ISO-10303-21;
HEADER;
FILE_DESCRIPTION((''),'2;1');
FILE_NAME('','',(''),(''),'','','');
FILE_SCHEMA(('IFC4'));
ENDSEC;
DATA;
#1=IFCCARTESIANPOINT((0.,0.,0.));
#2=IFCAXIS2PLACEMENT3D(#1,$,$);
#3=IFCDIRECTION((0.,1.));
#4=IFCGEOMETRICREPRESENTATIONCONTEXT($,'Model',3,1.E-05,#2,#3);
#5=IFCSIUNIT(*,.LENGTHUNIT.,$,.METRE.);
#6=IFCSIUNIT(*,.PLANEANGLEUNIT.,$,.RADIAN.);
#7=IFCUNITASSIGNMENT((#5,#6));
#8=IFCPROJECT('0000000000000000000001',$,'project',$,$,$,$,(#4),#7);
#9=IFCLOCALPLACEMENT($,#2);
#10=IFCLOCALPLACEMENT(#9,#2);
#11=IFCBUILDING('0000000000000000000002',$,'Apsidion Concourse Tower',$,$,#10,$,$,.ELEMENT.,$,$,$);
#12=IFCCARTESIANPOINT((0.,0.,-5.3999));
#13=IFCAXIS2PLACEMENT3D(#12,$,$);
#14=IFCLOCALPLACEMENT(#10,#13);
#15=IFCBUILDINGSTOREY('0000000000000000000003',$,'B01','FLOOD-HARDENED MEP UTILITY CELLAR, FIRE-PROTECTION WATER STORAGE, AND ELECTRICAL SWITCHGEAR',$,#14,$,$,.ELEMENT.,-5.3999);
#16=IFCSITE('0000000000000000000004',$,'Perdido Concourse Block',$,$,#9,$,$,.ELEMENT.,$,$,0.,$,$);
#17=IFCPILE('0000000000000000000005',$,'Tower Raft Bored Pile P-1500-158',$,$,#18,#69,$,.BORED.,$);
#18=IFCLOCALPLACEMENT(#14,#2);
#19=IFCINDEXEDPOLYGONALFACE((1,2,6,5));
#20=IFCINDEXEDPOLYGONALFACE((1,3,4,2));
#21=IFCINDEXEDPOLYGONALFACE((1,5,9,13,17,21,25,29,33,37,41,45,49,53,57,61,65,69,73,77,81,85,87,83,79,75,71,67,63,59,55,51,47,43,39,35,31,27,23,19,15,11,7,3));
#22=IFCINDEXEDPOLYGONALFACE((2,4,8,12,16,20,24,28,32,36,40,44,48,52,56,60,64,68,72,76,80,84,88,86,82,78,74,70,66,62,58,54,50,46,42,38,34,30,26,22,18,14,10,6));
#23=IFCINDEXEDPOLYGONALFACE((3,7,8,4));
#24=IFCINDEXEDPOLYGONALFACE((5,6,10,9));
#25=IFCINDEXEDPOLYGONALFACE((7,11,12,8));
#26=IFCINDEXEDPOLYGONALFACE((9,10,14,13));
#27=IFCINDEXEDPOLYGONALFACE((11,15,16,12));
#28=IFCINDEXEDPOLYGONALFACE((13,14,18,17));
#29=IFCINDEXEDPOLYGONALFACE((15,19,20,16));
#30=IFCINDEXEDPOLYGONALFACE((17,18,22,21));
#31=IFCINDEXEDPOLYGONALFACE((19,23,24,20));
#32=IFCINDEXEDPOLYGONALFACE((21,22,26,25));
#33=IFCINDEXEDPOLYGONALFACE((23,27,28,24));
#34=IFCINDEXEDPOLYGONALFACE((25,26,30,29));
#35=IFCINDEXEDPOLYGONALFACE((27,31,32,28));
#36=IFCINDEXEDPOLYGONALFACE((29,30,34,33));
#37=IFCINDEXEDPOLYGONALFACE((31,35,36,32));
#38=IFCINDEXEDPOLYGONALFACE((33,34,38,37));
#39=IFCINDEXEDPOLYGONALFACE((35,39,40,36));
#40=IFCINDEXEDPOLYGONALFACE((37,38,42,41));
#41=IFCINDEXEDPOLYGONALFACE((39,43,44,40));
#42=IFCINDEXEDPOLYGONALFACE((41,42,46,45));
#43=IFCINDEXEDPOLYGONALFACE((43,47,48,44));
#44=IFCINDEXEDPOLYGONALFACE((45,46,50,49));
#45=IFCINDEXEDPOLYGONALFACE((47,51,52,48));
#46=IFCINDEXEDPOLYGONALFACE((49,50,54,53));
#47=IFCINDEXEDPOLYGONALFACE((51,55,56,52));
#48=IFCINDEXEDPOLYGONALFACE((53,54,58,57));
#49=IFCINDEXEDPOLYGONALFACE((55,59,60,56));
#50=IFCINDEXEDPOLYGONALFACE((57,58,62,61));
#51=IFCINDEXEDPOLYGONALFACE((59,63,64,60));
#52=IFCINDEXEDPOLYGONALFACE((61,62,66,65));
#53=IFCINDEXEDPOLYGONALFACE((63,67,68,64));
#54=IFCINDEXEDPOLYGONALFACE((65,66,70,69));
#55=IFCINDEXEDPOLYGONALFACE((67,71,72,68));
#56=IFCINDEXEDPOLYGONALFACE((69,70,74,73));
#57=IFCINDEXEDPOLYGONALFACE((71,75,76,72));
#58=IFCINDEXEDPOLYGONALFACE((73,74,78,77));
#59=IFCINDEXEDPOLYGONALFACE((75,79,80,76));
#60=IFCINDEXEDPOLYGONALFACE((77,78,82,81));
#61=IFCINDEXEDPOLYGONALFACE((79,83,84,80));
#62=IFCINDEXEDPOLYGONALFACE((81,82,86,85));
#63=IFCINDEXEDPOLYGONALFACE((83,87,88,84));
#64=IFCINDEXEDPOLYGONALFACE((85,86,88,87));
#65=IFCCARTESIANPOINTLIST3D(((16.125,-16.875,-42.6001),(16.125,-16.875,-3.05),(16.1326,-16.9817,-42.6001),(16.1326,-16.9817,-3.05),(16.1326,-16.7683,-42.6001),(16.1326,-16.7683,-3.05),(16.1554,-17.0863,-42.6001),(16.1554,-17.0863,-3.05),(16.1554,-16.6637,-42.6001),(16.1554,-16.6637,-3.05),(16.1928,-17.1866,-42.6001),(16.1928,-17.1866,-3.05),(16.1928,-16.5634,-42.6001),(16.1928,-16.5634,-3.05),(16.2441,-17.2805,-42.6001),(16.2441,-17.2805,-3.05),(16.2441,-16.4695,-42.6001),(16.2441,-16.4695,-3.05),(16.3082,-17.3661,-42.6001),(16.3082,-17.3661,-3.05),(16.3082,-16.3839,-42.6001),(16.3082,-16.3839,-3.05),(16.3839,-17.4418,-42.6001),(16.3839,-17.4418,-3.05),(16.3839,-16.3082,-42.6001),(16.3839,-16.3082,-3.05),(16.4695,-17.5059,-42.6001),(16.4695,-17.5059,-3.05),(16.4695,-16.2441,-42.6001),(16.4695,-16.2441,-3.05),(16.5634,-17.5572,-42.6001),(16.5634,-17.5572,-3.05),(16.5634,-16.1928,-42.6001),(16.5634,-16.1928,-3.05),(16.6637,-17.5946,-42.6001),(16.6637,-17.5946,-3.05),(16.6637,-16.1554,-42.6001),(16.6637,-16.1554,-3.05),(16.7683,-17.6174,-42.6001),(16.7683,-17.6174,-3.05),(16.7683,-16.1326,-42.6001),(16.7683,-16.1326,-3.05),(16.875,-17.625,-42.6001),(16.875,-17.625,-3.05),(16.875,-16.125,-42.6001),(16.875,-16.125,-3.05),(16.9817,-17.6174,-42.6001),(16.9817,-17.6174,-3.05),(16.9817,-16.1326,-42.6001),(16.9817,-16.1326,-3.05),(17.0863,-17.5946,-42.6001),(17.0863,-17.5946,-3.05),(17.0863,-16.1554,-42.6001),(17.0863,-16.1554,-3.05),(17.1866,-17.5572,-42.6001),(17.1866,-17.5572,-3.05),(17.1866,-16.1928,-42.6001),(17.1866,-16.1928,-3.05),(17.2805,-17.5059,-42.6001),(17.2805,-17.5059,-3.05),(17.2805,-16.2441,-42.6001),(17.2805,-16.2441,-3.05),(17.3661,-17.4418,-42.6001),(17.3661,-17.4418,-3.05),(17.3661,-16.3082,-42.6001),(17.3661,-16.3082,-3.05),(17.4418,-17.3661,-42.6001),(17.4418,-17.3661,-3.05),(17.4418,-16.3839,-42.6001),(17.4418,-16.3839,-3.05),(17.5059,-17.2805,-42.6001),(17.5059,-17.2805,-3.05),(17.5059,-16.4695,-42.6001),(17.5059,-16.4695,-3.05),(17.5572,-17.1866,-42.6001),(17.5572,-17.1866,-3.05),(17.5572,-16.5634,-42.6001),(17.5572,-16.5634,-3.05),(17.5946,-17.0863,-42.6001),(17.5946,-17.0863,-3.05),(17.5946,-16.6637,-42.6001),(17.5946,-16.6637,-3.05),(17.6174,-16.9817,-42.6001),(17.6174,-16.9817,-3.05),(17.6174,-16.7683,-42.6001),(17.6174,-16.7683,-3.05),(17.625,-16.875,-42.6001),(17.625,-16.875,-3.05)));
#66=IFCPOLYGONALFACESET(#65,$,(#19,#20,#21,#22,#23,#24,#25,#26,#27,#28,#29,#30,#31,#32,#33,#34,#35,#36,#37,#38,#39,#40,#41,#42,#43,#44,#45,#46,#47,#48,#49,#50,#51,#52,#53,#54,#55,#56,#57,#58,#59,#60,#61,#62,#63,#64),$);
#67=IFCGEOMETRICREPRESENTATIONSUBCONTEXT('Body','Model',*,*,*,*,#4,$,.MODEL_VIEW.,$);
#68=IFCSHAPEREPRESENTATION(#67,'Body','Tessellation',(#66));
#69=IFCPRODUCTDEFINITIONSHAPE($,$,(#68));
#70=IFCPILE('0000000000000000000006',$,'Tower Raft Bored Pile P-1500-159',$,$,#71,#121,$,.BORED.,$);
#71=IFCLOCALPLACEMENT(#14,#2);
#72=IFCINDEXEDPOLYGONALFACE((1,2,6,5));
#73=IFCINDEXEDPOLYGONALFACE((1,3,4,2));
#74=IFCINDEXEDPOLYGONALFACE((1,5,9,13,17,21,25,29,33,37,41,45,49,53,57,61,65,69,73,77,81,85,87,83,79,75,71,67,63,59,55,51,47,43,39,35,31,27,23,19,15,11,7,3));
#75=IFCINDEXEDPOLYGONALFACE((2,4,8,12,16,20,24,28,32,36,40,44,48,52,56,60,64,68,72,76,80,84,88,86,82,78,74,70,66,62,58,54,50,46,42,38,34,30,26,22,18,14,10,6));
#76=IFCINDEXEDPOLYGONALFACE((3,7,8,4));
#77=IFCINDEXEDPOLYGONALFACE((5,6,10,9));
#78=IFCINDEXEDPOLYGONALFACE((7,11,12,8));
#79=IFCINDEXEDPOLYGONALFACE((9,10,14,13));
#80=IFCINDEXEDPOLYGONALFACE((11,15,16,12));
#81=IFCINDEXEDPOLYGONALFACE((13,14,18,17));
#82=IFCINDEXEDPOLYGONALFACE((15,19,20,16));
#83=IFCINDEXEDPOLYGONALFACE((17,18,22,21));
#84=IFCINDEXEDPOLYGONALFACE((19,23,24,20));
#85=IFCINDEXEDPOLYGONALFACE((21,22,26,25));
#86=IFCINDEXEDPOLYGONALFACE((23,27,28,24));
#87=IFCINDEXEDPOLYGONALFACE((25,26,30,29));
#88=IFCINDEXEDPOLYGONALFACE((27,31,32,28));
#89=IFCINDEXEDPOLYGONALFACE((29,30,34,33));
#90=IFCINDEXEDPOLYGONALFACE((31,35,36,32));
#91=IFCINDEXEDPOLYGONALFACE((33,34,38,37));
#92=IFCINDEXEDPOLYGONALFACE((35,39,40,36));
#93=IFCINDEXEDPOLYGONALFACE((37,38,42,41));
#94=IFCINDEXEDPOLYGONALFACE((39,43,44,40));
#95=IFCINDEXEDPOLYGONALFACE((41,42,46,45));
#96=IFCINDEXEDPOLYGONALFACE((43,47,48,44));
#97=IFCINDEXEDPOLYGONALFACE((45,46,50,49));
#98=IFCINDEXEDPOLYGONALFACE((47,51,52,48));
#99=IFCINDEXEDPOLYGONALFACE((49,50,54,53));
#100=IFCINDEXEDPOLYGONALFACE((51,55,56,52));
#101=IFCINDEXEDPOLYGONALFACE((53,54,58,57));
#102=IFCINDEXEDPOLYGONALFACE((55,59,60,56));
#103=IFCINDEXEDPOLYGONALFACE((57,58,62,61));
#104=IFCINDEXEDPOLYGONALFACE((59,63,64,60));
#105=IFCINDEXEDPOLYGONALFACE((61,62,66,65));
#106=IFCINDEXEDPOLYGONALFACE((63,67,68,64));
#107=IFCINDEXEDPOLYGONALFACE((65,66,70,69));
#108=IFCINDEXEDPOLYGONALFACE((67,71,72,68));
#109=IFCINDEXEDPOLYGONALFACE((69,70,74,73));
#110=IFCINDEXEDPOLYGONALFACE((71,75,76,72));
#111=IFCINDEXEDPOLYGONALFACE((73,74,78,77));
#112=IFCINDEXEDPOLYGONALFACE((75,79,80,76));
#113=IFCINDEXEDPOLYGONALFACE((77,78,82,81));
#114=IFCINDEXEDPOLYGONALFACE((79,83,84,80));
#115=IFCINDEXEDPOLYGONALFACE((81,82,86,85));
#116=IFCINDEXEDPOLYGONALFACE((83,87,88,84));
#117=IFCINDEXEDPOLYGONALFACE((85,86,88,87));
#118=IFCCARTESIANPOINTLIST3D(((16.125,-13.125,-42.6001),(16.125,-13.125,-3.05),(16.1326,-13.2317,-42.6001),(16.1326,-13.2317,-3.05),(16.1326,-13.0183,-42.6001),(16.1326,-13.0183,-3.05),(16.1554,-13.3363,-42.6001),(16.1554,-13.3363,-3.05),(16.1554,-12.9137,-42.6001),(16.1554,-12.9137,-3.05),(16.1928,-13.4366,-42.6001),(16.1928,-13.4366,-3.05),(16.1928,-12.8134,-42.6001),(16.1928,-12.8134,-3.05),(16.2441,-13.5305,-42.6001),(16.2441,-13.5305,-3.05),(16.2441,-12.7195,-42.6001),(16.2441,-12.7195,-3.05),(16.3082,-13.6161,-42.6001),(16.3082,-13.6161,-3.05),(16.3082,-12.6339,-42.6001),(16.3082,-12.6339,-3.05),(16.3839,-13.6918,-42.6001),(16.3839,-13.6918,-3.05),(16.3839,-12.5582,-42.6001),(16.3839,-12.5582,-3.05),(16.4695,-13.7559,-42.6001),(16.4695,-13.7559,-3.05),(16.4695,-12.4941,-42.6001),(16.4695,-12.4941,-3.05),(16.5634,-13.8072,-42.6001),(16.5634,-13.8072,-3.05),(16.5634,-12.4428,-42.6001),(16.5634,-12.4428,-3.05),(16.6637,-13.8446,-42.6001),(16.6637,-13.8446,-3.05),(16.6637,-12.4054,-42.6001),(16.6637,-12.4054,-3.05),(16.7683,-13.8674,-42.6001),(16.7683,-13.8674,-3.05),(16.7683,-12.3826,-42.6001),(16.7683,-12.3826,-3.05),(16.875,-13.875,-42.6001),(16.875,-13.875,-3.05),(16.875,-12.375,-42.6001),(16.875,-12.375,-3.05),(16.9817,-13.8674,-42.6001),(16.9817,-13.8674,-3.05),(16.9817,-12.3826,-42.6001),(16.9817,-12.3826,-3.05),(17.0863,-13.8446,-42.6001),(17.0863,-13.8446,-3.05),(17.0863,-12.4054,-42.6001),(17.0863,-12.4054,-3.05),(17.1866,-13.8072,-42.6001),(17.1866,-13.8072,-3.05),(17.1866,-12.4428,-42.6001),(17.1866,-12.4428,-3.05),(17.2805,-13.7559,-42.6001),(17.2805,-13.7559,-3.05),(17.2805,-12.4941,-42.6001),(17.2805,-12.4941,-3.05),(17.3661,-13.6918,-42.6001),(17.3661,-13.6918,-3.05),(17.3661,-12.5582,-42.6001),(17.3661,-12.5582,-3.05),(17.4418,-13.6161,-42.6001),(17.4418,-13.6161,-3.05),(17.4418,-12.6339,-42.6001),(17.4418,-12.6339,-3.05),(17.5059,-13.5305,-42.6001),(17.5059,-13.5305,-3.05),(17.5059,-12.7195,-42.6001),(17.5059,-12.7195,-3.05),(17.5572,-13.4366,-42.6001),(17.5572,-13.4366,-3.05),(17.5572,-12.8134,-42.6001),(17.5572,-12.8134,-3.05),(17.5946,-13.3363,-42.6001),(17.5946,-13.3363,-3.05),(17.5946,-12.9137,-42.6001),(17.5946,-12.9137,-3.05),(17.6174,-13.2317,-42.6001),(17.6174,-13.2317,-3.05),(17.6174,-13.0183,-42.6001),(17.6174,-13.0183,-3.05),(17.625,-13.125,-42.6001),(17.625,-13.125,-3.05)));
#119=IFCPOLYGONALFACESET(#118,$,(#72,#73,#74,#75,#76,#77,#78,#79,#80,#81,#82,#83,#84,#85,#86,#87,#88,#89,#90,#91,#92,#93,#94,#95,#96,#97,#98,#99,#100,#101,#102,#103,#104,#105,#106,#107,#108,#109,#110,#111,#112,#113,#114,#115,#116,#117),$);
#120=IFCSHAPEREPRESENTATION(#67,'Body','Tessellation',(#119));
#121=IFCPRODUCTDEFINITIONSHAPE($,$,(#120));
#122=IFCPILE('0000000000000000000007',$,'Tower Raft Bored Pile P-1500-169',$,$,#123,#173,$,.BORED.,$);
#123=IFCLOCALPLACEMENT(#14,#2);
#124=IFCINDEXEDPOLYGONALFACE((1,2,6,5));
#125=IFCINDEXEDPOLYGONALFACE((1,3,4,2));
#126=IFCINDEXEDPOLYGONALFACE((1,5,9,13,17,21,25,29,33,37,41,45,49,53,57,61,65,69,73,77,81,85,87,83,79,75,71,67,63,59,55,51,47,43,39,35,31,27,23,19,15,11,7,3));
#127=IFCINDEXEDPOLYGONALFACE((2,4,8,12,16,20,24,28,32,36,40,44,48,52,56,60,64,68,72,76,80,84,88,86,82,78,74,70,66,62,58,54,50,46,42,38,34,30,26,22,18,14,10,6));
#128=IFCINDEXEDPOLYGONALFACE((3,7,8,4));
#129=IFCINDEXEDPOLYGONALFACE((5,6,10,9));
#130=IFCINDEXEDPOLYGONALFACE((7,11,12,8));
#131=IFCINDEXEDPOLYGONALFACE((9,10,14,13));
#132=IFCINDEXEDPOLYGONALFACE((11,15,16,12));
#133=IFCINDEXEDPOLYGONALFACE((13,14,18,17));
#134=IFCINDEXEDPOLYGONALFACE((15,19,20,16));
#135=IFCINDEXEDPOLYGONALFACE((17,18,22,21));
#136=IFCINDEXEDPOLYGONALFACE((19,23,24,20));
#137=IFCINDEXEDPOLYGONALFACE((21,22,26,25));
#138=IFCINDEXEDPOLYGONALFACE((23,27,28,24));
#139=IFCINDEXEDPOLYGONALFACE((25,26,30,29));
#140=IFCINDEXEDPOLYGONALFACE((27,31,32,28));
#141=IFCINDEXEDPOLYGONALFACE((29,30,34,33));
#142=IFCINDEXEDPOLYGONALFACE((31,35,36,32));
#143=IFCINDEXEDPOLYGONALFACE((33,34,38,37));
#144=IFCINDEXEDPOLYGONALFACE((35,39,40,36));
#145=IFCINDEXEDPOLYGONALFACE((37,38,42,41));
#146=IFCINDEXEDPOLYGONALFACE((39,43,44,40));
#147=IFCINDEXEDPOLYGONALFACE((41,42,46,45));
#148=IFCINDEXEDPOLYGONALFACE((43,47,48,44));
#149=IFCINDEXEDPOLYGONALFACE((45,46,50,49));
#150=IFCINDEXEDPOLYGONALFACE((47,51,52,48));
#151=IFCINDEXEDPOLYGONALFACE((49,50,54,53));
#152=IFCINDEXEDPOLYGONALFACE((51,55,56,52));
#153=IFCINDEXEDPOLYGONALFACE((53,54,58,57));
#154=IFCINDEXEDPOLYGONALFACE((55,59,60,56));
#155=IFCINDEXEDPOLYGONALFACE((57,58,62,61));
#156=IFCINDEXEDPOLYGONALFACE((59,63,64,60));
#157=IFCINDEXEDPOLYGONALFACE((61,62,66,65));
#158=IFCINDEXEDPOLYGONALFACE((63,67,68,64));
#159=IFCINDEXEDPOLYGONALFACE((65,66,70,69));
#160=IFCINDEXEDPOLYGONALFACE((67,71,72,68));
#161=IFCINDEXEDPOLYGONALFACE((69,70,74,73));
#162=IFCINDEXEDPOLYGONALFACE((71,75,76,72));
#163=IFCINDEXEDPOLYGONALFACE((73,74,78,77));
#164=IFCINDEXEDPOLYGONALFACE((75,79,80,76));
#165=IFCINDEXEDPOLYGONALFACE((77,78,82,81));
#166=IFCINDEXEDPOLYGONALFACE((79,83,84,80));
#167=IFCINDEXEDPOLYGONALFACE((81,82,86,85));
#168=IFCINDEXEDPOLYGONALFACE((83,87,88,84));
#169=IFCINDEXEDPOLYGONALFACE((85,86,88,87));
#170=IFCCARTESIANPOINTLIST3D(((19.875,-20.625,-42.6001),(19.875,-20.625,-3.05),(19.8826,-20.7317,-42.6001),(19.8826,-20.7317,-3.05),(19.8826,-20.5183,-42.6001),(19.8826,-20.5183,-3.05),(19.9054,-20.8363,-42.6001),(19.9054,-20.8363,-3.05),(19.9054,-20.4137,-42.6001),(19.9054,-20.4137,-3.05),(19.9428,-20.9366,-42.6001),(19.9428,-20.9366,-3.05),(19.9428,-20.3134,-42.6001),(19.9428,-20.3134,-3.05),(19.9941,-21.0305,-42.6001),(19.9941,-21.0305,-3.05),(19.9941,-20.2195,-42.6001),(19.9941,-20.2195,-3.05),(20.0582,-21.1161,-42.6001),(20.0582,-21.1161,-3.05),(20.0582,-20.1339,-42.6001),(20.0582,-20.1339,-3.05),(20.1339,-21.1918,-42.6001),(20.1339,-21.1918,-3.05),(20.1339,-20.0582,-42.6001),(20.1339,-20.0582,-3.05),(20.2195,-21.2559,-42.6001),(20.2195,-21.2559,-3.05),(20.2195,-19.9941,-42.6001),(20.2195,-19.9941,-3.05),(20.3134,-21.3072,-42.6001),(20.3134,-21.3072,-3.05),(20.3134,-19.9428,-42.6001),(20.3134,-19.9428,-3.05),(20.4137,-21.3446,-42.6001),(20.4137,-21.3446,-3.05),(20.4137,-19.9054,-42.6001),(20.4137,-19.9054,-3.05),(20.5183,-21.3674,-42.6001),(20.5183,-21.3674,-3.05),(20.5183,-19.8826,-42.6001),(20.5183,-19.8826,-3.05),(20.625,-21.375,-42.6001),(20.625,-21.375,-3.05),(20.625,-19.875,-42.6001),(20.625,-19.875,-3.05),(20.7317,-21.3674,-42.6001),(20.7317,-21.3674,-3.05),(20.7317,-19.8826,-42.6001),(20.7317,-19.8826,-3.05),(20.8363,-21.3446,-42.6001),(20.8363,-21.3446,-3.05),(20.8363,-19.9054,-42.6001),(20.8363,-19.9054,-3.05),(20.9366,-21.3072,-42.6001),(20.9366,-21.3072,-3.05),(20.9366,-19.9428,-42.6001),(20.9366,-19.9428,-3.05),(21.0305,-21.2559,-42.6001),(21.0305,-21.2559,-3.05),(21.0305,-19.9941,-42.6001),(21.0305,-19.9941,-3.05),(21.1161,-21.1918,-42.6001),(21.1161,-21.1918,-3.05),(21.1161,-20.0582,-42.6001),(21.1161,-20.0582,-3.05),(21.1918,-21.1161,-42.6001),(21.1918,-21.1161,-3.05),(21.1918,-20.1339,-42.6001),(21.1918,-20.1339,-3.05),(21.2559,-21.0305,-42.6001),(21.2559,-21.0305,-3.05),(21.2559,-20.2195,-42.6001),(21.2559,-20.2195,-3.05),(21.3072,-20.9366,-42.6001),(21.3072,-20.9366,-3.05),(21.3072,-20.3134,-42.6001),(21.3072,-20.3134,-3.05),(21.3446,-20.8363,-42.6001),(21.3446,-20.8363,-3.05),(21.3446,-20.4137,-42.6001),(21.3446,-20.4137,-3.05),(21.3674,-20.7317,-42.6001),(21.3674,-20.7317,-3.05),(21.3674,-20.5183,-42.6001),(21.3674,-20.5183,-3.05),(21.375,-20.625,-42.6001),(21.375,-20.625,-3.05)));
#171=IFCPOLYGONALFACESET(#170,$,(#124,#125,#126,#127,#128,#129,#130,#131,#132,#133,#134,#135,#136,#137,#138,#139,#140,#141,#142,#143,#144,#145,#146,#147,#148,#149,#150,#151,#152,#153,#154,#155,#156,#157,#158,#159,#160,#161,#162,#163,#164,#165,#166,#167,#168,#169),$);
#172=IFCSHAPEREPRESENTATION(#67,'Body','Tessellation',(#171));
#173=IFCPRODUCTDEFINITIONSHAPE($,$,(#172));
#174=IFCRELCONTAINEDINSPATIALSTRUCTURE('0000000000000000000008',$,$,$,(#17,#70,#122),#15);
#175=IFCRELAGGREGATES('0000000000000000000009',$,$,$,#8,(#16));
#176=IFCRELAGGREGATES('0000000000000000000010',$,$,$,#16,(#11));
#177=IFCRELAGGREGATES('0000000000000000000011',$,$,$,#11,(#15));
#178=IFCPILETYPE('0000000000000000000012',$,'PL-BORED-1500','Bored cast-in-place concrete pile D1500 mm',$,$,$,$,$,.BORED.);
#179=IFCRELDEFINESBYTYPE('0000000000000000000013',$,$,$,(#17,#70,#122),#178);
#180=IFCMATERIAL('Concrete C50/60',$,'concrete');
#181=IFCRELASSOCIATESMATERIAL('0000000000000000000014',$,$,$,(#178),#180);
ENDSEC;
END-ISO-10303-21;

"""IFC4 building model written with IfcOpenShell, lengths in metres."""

from ifc_helpers import new_model, si_unit, direction, frame, origin, origin_2d, place, context, subcontext, project, spatial, circle, extrude, material, material_profile, profile_set, type_object, element, save


model = new_model("IFC4")

# Units and contexts
model_context = context("Model", 3, precision=1e-05, world=origin(), true_north=direction((0.0, 1.0)))
body_context = subcontext(model_context, "Body", "Model", "MODEL_VIEW")
ifc_project = project(units=[si_unit("LENGTHUNIT", "METRE"), si_unit("PLANEANGLEUNIT", "RADIAN")], contexts=[model_context])

# Site, building, storey
site_placement = place(None, origin())
site = spatial("IfcSite", under=ifc_project, at=site_placement, Name="Perdido Concourse Block", CompositionType="ELEMENT", RefElevation=0.0)
building_placement = place(site_placement, origin())
building = spatial("IfcBuilding", under=site, at=building_placement, Name="Apsidion Concourse Tower", CompositionType="ELEMENT")
storey_placement = place(building_placement, frame((0.0, 0.0, -5.3999)))
storey = spatial("IfcBuildingStorey", under=building, at=storey_placement, Name="B01", Description="FLOOD-HARDENED MEP UTILITY CELLAR, FIRE-PROTECTION WATER STORAGE, AND ELECTRICAL SWITCHGEAR", CompositionType="ELEMENT", Elevation=-5.3999)

# Shared definitions
ifc_material_1 = material(Name="Concrete C50/60", Category="concrete")

# Piles
ifc_material_profile_1 = material_profile(ifc_material_1, circle(Radius=0.75, at=origin_2d()), Name="BORED PILE D1500")
ifc_profile_set_1 = profile_set([ifc_material_profile_1], Name="Concrete C50/60")
pile_type_1 = type_object("IfcPileType", Name="PL-BORED-1500", Description="Bored cast-in-place concrete pile D1500 mm", PredefinedType="BORED", material=ifc_profile_set_1)
for number, where, z_axis, x_axis, name in (
    (1, (16.875, -16.875, -3.05), (0.0, 0.0, -1.0), (1.0, 0.0, 0.0), "Tower Raft Bored Pile P-1500-158"),
    (2, (16.875, -13.125, -3.05), (0.0, 0.0, -1.0), (1.0, 0.0, 0.0), "Tower Raft Bored Pile P-1500-159"),
    (3, (20.625, -20.625, -3.05), (0.0, 0.0, -1.0), (1.0, 0.0, 0.0), "Tower Raft Bored Pile P-1500-169"),
):
    element("IfcPile", number, at=place(storey_placement, frame(where, z_axis=z_axis, x_axis=x_axis)), inside=storey, type_object=pile_type_1, Name=name, PredefinedType="BORED", context=body_context, shape_type="SweptSolid", body=[
        extrude(circle(Radius=0.75, at=origin_2d()), origin(), (0.0, 0.0, 1.0), 39.55),
    ])

save(model, "model.ifc")
